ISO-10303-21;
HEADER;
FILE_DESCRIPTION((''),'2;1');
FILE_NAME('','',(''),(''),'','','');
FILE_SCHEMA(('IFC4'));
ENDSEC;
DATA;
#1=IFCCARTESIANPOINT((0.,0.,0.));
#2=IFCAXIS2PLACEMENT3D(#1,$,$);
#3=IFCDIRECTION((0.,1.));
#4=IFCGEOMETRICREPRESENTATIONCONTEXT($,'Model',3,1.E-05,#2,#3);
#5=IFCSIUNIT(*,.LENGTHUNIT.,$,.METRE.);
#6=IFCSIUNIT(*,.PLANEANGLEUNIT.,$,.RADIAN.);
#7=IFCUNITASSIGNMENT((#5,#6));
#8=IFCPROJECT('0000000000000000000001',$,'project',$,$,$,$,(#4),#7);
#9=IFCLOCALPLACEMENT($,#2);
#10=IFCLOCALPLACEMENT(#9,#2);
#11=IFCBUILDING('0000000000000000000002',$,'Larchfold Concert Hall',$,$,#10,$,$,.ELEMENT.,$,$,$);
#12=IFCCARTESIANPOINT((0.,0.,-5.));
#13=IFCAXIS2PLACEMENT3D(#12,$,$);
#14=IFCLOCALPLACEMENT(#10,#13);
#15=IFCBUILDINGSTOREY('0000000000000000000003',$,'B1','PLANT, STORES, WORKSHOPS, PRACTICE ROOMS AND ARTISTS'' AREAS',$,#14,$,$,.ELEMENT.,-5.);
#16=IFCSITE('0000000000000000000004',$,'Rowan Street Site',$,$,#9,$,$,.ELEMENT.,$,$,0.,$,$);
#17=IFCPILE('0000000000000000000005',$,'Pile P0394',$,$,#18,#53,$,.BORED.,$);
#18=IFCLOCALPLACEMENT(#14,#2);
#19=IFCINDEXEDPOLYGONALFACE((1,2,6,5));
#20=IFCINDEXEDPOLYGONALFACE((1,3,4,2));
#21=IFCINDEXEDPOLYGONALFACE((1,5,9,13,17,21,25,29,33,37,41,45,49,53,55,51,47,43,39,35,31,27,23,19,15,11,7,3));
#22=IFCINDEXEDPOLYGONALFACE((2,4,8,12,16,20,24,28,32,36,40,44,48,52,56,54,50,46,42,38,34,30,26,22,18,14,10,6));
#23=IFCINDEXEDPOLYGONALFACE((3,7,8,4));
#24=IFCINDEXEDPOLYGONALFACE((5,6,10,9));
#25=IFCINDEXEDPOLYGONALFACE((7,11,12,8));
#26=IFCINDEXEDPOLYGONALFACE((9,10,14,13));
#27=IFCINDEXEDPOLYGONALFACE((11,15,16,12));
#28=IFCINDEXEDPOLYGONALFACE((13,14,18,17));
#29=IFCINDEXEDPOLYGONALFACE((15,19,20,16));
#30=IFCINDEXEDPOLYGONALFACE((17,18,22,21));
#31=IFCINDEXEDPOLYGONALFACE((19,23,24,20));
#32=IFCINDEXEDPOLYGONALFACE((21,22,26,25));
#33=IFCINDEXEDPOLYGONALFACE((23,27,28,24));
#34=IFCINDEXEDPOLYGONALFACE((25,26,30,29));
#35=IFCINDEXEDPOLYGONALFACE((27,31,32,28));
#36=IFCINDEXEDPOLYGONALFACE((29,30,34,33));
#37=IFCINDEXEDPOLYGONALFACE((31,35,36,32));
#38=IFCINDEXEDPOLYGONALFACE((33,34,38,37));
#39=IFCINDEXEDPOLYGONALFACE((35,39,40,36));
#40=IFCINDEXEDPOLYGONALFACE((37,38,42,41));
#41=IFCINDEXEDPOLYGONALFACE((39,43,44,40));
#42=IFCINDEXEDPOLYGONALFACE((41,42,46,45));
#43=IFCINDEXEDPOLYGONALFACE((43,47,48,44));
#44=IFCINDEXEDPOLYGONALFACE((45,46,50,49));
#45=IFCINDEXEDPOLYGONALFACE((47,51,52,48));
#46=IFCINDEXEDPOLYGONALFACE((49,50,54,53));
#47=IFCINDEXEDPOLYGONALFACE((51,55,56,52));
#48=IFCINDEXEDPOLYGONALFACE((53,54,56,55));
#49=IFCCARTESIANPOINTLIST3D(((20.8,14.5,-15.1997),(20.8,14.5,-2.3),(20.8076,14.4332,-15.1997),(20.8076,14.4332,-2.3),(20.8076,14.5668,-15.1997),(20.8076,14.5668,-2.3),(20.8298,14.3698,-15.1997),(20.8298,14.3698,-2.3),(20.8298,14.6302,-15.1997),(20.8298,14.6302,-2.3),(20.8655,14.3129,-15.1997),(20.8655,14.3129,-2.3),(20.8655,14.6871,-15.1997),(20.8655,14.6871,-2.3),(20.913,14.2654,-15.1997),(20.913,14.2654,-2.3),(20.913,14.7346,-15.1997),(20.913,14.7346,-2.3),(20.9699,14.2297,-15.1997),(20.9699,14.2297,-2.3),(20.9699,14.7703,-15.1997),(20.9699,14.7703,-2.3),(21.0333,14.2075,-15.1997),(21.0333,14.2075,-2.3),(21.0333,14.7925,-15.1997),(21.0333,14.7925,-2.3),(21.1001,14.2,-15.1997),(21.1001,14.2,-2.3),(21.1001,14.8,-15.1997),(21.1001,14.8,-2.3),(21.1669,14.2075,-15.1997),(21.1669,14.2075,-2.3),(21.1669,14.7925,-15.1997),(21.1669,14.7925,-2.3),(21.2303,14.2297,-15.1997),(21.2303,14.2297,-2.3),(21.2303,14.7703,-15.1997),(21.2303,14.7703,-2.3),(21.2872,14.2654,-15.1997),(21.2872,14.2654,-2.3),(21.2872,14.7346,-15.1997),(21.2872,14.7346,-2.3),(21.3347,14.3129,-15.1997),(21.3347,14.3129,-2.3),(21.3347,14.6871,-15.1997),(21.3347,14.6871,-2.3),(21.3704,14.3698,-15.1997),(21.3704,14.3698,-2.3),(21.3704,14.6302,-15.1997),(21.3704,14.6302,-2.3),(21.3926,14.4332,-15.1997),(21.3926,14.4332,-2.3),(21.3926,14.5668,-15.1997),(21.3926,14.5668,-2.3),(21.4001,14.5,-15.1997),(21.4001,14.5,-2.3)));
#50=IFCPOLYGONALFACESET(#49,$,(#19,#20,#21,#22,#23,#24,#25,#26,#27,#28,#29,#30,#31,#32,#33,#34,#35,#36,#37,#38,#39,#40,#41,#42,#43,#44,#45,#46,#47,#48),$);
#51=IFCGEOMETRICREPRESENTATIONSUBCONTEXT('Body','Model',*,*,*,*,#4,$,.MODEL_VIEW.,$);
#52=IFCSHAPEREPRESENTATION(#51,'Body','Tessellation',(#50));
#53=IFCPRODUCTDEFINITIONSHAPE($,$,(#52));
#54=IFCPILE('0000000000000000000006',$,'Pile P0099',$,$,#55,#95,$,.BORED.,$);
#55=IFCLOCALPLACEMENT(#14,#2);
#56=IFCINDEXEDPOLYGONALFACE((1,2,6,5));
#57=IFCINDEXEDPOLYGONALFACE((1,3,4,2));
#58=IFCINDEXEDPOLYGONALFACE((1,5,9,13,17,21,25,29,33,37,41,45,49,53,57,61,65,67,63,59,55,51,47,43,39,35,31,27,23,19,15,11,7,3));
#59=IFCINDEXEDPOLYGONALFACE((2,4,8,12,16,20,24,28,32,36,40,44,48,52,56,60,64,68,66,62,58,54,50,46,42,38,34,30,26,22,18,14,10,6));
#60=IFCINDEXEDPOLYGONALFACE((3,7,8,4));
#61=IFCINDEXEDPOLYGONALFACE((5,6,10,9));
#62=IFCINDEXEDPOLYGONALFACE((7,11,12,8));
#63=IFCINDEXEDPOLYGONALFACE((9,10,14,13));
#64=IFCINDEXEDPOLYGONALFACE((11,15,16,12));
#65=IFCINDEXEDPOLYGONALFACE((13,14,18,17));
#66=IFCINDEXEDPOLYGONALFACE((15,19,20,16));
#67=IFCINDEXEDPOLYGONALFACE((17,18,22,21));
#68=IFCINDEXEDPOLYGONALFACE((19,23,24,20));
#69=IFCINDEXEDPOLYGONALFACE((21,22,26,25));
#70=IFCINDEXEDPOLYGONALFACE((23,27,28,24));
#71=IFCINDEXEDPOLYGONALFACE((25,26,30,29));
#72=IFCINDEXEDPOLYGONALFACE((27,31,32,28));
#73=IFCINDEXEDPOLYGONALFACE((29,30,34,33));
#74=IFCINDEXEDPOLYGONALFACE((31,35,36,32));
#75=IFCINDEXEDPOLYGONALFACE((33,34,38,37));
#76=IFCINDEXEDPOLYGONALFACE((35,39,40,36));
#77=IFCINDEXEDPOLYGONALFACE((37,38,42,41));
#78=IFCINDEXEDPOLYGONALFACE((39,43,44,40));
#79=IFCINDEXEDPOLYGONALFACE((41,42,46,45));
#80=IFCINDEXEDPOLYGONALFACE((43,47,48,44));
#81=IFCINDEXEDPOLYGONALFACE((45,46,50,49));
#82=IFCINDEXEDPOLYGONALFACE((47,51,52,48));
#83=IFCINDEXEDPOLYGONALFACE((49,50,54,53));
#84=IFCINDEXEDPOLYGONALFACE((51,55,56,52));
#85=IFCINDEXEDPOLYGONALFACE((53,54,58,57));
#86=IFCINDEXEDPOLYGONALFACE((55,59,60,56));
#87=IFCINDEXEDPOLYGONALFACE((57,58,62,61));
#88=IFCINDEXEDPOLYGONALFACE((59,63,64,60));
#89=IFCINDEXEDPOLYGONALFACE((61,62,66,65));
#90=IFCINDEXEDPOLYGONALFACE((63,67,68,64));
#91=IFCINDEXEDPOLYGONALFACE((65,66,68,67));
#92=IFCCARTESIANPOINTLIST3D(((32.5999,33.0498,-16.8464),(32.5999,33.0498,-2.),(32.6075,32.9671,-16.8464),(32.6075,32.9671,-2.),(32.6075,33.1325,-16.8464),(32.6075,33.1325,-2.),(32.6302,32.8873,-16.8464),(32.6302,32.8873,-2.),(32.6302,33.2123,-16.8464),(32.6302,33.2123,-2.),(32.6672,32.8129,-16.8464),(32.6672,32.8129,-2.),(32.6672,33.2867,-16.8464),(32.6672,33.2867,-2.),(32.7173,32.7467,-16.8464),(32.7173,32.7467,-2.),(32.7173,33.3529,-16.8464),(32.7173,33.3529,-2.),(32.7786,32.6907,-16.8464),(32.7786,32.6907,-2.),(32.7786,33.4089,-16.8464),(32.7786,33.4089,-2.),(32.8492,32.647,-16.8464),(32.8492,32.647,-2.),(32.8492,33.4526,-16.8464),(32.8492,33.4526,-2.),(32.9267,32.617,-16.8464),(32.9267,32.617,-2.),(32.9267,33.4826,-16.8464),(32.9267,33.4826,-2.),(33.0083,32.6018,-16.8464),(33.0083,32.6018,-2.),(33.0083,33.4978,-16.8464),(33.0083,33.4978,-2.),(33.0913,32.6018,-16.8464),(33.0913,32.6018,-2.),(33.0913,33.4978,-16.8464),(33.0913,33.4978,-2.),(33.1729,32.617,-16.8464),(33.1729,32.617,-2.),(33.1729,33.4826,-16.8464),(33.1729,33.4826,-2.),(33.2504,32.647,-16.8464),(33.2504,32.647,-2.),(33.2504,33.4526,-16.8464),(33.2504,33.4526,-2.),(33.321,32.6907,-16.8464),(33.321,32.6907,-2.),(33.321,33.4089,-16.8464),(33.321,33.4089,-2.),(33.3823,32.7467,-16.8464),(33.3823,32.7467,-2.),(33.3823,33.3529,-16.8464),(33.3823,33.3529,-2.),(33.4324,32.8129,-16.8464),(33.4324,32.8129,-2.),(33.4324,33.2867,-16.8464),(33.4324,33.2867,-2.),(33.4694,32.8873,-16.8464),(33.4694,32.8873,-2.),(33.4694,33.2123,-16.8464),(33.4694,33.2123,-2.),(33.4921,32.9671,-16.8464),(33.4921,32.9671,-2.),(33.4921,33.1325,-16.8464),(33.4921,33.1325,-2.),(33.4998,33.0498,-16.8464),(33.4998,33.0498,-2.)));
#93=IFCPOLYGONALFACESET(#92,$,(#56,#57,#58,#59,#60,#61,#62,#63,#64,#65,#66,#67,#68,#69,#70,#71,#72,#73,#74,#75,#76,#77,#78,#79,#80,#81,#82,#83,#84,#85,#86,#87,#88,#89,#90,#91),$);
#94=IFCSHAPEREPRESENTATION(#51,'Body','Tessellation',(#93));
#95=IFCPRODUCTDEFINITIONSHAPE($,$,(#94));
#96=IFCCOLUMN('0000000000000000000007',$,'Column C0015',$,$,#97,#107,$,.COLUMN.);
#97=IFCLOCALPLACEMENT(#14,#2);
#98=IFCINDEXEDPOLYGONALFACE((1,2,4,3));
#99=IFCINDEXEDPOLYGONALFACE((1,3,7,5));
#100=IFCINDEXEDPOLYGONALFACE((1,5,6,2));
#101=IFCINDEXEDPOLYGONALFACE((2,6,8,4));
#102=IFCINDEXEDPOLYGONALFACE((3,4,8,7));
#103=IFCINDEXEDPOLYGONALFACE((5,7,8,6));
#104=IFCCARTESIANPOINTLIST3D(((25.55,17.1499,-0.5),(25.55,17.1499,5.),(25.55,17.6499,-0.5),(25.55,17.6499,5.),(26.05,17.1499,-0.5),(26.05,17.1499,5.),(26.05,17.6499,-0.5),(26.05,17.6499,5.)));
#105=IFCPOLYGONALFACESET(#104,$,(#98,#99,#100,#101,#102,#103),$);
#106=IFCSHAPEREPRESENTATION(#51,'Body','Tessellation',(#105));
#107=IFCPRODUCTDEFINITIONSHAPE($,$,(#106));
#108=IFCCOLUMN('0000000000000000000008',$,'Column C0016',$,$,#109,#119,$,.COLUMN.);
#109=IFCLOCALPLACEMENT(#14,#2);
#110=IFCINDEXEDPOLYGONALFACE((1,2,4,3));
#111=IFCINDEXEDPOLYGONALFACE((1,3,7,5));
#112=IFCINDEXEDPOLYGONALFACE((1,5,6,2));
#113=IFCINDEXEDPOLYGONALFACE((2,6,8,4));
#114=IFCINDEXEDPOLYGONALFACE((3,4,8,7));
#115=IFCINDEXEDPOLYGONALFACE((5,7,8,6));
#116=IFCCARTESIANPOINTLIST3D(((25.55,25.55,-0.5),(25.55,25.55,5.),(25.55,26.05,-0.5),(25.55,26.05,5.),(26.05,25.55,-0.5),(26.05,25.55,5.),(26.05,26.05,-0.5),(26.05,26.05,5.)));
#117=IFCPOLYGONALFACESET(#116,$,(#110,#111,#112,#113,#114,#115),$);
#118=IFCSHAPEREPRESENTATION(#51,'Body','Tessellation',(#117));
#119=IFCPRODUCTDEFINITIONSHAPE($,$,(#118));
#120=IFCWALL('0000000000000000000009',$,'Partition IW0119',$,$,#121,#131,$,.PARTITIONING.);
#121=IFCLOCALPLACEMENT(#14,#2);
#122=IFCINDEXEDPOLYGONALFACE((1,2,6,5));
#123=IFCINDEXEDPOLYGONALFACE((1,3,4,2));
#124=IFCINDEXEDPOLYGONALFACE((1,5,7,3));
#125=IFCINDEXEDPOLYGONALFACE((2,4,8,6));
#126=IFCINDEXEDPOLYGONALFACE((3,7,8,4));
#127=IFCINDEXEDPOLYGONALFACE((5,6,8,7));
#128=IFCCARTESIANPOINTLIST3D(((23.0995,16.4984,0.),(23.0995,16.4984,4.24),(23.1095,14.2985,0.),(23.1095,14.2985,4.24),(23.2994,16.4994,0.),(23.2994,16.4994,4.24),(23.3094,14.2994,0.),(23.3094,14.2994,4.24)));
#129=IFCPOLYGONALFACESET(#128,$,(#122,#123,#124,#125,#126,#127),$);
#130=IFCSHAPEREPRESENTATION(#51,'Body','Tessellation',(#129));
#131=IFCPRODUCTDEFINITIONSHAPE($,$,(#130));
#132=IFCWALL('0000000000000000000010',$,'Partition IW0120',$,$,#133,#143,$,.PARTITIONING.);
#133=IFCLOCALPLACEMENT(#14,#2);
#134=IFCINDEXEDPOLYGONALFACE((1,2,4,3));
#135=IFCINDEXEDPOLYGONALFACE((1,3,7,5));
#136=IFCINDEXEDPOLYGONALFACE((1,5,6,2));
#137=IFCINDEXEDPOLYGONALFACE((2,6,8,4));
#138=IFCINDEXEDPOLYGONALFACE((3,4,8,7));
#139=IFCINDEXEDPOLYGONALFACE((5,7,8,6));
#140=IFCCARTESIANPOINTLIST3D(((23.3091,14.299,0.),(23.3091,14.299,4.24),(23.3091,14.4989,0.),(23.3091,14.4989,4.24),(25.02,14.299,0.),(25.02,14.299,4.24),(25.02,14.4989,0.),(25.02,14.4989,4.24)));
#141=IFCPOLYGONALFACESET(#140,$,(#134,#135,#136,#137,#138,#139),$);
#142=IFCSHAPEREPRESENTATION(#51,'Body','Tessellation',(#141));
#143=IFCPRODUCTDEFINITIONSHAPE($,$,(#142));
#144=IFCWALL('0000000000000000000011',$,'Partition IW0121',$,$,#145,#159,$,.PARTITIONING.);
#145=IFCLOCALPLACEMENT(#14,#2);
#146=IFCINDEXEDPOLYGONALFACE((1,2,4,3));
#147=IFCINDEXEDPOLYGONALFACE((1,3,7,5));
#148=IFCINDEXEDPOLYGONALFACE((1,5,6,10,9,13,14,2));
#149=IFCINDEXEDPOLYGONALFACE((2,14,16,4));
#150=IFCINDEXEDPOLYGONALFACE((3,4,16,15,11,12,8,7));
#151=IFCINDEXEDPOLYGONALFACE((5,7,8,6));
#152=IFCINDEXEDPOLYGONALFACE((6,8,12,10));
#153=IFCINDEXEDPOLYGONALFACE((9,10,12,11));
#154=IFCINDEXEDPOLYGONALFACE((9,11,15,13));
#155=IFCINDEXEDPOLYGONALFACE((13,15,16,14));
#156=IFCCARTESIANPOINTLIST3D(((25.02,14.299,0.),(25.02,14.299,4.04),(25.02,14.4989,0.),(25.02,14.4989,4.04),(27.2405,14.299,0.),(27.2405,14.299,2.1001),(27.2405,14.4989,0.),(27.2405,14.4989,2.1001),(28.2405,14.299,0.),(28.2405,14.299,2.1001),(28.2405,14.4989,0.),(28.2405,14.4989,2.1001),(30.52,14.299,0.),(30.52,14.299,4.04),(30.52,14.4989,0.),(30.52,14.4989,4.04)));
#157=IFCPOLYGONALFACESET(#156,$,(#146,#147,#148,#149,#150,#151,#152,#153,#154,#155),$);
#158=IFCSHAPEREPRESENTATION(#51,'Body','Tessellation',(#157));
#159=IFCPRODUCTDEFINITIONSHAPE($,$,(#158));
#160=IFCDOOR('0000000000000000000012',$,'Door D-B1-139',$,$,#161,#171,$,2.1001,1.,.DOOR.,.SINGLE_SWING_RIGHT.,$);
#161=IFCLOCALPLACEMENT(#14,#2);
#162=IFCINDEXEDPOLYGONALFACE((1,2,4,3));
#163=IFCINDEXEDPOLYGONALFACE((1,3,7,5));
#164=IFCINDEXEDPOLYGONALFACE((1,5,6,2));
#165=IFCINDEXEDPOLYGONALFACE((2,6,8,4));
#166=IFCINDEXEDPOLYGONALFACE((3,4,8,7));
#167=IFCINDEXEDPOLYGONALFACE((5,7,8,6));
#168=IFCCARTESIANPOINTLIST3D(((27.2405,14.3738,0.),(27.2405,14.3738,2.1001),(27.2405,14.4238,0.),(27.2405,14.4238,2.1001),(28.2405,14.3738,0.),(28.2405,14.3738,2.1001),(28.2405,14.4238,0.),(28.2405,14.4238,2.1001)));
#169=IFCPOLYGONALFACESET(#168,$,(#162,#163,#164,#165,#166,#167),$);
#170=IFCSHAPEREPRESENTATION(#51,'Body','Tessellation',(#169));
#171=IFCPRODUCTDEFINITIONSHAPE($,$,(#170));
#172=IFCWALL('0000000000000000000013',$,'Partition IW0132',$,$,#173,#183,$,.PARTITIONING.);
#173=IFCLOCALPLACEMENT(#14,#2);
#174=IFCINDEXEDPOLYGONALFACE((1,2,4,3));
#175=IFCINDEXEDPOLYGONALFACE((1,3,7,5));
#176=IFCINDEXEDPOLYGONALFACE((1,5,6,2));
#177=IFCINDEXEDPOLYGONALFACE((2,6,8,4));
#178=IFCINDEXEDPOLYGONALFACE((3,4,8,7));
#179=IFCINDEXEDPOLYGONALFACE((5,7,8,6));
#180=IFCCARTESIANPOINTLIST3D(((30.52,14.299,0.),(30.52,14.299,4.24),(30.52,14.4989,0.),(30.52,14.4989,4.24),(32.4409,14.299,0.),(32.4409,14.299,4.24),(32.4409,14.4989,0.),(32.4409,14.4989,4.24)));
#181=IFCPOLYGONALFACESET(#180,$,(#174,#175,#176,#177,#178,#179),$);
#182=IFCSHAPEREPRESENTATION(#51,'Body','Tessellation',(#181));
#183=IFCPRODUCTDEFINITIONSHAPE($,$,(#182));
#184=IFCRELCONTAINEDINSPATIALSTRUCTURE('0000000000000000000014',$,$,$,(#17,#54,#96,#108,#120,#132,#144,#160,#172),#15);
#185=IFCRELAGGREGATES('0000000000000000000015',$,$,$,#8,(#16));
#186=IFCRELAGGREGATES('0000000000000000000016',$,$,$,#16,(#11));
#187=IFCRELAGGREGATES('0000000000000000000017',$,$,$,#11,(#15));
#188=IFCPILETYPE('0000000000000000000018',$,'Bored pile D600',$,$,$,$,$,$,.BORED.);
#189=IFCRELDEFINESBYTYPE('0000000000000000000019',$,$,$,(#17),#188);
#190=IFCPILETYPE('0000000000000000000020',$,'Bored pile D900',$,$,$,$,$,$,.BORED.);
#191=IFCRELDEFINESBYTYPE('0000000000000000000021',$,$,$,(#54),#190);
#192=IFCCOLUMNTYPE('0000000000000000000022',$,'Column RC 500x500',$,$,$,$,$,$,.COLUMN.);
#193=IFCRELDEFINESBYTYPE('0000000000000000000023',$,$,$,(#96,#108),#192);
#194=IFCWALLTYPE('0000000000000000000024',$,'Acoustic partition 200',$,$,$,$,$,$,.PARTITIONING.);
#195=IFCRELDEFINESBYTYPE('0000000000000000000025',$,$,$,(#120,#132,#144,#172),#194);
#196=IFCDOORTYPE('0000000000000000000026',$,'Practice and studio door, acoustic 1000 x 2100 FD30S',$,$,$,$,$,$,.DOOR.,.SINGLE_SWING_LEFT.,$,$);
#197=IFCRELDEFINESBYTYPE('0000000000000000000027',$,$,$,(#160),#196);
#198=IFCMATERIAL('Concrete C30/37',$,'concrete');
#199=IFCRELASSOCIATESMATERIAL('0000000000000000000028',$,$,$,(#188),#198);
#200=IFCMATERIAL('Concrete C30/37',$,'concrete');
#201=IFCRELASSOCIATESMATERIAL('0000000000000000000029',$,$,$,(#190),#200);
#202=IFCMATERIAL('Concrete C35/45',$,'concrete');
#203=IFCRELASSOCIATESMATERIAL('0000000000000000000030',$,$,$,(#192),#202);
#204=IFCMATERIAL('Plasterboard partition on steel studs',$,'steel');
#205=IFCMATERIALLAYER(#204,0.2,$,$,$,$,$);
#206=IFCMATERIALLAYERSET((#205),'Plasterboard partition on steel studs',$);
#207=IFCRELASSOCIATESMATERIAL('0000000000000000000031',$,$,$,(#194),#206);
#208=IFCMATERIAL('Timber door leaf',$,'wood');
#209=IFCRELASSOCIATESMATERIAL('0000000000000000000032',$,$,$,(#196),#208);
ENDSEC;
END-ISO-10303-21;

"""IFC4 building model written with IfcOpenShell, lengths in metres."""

from ifc_helpers import new_model, si_unit, direction, frame, frame_2d, origin, origin_2d, place, context, subcontext, project, spatial, rectangle, circle, extrude, material, layer, layer_set, material_profile, profile_set, type_object, element, fill, save


model = new_model("IFC4")

# Units and contexts
model_context = context("Model", 3, precision=1e-05, world=origin(), true_north=direction((0.0, 1.0)))
body_context = subcontext(model_context, "Body", "Model", "MODEL_VIEW")
ifc_project = project(units=[si_unit("LENGTHUNIT", "METRE"), si_unit("PLANEANGLEUNIT", "RADIAN")], contexts=[model_context])

# Site, building, storey
site_placement = place(None, origin())
site = spatial("IfcSite", under=ifc_project, at=site_placement, Name="Rowan Street Site", CompositionType="ELEMENT", RefElevation=0.0)
building_placement = place(site_placement, origin())
building = spatial("IfcBuilding", under=site, at=building_placement, Name="Larchfold Concert Hall", CompositionType="ELEMENT")
storey_placement = place(building_placement, frame((0.0, 0.0, -5.0)))
storey = spatial("IfcBuildingStorey", under=building, at=storey_placement, Name="B1", Description="PLANT, STORES, WORKSHOPS, PRACTICE ROOMS AND ARTISTS' AREAS", CompositionType="ELEMENT", Elevation=-5.0)

# Piles
ifc_material_1 = material(Name="Concrete C30/37", Category="concrete")
ifc_material_profile_1 = material_profile(ifc_material_1, circle(Radius=0.3, at=origin_2d()))
ifc_profile_set_1 = profile_set([ifc_material_profile_1], Name="Concrete C30/37")
pile_type_1 = type_object("IfcPileType", Name="Bored pile D600", PredefinedType="BORED", material=ifc_profile_set_1)
pile_1_placement = place(storey_placement, frame((21.1001, 14.5, -2.3), z_axis=(0.0, 0.0, -1.0), x_axis=(1.0, 0.0, 0.0)))
element("IfcPile", 1, at=pile_1_placement, inside=storey, type_object=pile_type_1, Name="Pile P0394", PredefinedType="BORED", context=body_context, shape_type="SweptSolid", body=[
    extrude(circle(Radius=0.3, at=origin_2d()), origin(), (0.0, 0.0, 1.0), 12.8997),
])
ifc_material_2 = material(Name="Concrete C30/37", Category="concrete")
ifc_material_profile_2 = material_profile(ifc_material_2, circle(Radius=0.45, at=origin_2d()))
ifc_profile_set_2 = profile_set([ifc_material_profile_2], Name="Concrete C30/37")
pile_type_2 = type_object("IfcPileType", Name="Bored pile D900", PredefinedType="BORED", material=ifc_profile_set_2)
pile_2_placement = place(storey_placement, frame((33.0498, 33.0498, -2.0), z_axis=(0.0, 0.0, -1.0), x_axis=(1.0, 0.0, 0.0)))
element("IfcPile", 2, at=pile_2_placement, inside=storey, type_object=pile_type_2, Name="Pile P0099", PredefinedType="BORED", context=body_context, shape_type="SweptSolid", body=[
    extrude(circle(Radius=0.45, at=origin_2d()), origin(), (0.0, 0.0, 1.0), 14.8464),
])

# Columns
ifc_material_3 = material(Name="Concrete C35/45", Category="concrete")
ifc_material_profile_3 = material_profile(ifc_material_3, rectangle(XDim=0.5, YDim=0.5, at=origin_2d()))
ifc_profile_set_3 = profile_set([ifc_material_profile_3], Name="Concrete C35/45")
column_type = type_object("IfcColumnType", Name="Column RC 500x500", PredefinedType="COLUMN", material=ifc_profile_set_3)
for number, where, z_axis, x_axis, name in (
    (3, (25.8, 17.3999, -0.5), (0.0, 0.0, 1.0), (1.0, 0.0, 0.0), "Column C0015"),
    (4, (25.8, 25.8, -0.5), (0.0, 0.0, 1.0), (1.0, 0.0, 0.0), "Column C0016"),
):
    element("IfcColumn", number, at=place(storey_placement, frame(where, z_axis=z_axis, x_axis=x_axis)), inside=storey, type_object=column_type, Name=name, PredefinedType="COLUMN", context=body_context, shape_type="SweptSolid", body=[
        extrude(rectangle(XDim=0.5, YDim=0.5, at=origin_2d()), origin(), (0.0, 0.0, 1.0), 5.5),
    ])

# Walls
ifc_material_4 = material(Name="Plasterboard partition on steel studs", Category="steel")
ifc_layer_1 = layer(ifc_material_4, 0.2)
ifc_layer_set_1 = layer_set([ifc_layer_1], Name="Plasterboard partition on steel studs")
wall_type_1 = type_object("IfcWallType", Name="Acoustic partition 200", PredefinedType="PARTITIONING", material=ifc_layer_set_1)
wall_1_placement = place(storey_placement, frame((23.1995, 16.499, 0.0), z_axis=(0.0, 0.0, 1.0), x_axis=(0.00455, -0.99999, 0.0)))
element("IfcWall", 5, at=wall_1_placement, inside=storey, type_object=wall_type_1, Name="Partition IW0119", PredefinedType="PARTITIONING", context=body_context, shape_type="SweptSolid", body=[
    extrude(rectangle(XDim=2.2, YDim=0.2, at=frame_2d((1.1001, 0.0))), origin(), (0.0, 0.0, 1.0), 4.24),
])
wall_2_placement = place(storey_placement, frame((23.3091, 14.3989, 0.0), z_axis=(0.0, 0.0, 1.0), x_axis=(1.0, 0.0, 0.0)))
element("IfcWall", 6, at=wall_2_placement, inside=storey, type_object=wall_type_1, Name="Partition IW0120", PredefinedType="PARTITIONING", context=body_context, shape_type="SweptSolid", body=[
    extrude(rectangle(XDim=1.7109, YDim=0.2, at=frame_2d((0.8555, 0.0))), origin(), (0.0, 0.0, 1.0), 4.24),
])

# Wall, opening, door
wall_3_placement = place(storey_placement, frame((25.02, 14.3989, 0.0), z_axis=(0.0, 0.0, 1.0), x_axis=(1.0, 0.0, 0.0)))
wall_3 = element("IfcWall", 7, at=wall_3_placement, inside=storey, type_object=wall_type_1, Name="Partition IW0121", PredefinedType="PARTITIONING", context=body_context, shape_type="SweptSolid", body=[
    extrude(rectangle(XDim=5.5, YDim=0.2, at=frame_2d((2.75, 0.0))), origin(), (0.0, 0.0, 1.0), 4.04),
])
opening_1_placement = place(wall_3_placement, frame((2.2205, 0.0, 0.0)))
opening_1 = element("IfcOpeningElement", 8, at=opening_1_placement, cuts=wall_3, PredefinedType="OPENING", context=body_context, shape_type="SweptSolid", body=[
    extrude(rectangle(XDim=1.0, YDim=2.1001, at=frame_2d((0.5, 1.05))), frame((0.0, 0.1099, 0.0), z_axis=(0.0, -1.0, 0.0), x_axis=(1.0, 0.0, 0.0)), (0.0, 0.0, 1.0), 0.22),
])
ifc_material_5 = material(Name="Timber door leaf", Category="wood")
door_type = type_object("IfcDoorType", Name="Practice and studio door, acoustic 1000 x 2100 FD30S", OperationType="SINGLE_SWING_LEFT", PredefinedType="DOOR", material=ifc_material_5)
door_1_placement = place(opening_1_placement, origin())
door_1 = element("IfcDoor", 9, at=door_1_placement, inside=storey, type_object=door_type, Name="Door D-B1-139", OperationType="SINGLE_SWING_RIGHT", OverallHeight=2.1001, OverallWidth=1.0, PredefinedType="DOOR", context=body_context, shape_type="SweptSolid", body=[
    extrude(rectangle(XDim=1.0, YDim=2.1001, at=frame_2d((0.5, 1.05))), frame((0.0, 0.0249, 0.0), z_axis=(0.0, -1.0, 0.0), x_axis=(1.0, 0.0, 0.0)), (0.0, 0.0, 1.0), 0.05),
])
fill(opening_1, door_1)

# Wall
wall_4_placement = place(storey_placement, frame((30.52, 14.3989, 0.0), z_axis=(0.0, 0.0, 1.0), x_axis=(1.0, 0.0, 0.0)))
element("IfcWall", 10, at=wall_4_placement, inside=storey, type_object=wall_type_1, Name="Partition IW0132", PredefinedType="PARTITIONING", context=body_context, shape_type="SweptSolid", body=[
    extrude(rectangle(XDim=1.9209, YDim=0.2, at=frame_2d((0.9604, 0.0))), origin(), (0.0, 0.0, 1.0), 4.24),
])

save(model, "model.ifc")
